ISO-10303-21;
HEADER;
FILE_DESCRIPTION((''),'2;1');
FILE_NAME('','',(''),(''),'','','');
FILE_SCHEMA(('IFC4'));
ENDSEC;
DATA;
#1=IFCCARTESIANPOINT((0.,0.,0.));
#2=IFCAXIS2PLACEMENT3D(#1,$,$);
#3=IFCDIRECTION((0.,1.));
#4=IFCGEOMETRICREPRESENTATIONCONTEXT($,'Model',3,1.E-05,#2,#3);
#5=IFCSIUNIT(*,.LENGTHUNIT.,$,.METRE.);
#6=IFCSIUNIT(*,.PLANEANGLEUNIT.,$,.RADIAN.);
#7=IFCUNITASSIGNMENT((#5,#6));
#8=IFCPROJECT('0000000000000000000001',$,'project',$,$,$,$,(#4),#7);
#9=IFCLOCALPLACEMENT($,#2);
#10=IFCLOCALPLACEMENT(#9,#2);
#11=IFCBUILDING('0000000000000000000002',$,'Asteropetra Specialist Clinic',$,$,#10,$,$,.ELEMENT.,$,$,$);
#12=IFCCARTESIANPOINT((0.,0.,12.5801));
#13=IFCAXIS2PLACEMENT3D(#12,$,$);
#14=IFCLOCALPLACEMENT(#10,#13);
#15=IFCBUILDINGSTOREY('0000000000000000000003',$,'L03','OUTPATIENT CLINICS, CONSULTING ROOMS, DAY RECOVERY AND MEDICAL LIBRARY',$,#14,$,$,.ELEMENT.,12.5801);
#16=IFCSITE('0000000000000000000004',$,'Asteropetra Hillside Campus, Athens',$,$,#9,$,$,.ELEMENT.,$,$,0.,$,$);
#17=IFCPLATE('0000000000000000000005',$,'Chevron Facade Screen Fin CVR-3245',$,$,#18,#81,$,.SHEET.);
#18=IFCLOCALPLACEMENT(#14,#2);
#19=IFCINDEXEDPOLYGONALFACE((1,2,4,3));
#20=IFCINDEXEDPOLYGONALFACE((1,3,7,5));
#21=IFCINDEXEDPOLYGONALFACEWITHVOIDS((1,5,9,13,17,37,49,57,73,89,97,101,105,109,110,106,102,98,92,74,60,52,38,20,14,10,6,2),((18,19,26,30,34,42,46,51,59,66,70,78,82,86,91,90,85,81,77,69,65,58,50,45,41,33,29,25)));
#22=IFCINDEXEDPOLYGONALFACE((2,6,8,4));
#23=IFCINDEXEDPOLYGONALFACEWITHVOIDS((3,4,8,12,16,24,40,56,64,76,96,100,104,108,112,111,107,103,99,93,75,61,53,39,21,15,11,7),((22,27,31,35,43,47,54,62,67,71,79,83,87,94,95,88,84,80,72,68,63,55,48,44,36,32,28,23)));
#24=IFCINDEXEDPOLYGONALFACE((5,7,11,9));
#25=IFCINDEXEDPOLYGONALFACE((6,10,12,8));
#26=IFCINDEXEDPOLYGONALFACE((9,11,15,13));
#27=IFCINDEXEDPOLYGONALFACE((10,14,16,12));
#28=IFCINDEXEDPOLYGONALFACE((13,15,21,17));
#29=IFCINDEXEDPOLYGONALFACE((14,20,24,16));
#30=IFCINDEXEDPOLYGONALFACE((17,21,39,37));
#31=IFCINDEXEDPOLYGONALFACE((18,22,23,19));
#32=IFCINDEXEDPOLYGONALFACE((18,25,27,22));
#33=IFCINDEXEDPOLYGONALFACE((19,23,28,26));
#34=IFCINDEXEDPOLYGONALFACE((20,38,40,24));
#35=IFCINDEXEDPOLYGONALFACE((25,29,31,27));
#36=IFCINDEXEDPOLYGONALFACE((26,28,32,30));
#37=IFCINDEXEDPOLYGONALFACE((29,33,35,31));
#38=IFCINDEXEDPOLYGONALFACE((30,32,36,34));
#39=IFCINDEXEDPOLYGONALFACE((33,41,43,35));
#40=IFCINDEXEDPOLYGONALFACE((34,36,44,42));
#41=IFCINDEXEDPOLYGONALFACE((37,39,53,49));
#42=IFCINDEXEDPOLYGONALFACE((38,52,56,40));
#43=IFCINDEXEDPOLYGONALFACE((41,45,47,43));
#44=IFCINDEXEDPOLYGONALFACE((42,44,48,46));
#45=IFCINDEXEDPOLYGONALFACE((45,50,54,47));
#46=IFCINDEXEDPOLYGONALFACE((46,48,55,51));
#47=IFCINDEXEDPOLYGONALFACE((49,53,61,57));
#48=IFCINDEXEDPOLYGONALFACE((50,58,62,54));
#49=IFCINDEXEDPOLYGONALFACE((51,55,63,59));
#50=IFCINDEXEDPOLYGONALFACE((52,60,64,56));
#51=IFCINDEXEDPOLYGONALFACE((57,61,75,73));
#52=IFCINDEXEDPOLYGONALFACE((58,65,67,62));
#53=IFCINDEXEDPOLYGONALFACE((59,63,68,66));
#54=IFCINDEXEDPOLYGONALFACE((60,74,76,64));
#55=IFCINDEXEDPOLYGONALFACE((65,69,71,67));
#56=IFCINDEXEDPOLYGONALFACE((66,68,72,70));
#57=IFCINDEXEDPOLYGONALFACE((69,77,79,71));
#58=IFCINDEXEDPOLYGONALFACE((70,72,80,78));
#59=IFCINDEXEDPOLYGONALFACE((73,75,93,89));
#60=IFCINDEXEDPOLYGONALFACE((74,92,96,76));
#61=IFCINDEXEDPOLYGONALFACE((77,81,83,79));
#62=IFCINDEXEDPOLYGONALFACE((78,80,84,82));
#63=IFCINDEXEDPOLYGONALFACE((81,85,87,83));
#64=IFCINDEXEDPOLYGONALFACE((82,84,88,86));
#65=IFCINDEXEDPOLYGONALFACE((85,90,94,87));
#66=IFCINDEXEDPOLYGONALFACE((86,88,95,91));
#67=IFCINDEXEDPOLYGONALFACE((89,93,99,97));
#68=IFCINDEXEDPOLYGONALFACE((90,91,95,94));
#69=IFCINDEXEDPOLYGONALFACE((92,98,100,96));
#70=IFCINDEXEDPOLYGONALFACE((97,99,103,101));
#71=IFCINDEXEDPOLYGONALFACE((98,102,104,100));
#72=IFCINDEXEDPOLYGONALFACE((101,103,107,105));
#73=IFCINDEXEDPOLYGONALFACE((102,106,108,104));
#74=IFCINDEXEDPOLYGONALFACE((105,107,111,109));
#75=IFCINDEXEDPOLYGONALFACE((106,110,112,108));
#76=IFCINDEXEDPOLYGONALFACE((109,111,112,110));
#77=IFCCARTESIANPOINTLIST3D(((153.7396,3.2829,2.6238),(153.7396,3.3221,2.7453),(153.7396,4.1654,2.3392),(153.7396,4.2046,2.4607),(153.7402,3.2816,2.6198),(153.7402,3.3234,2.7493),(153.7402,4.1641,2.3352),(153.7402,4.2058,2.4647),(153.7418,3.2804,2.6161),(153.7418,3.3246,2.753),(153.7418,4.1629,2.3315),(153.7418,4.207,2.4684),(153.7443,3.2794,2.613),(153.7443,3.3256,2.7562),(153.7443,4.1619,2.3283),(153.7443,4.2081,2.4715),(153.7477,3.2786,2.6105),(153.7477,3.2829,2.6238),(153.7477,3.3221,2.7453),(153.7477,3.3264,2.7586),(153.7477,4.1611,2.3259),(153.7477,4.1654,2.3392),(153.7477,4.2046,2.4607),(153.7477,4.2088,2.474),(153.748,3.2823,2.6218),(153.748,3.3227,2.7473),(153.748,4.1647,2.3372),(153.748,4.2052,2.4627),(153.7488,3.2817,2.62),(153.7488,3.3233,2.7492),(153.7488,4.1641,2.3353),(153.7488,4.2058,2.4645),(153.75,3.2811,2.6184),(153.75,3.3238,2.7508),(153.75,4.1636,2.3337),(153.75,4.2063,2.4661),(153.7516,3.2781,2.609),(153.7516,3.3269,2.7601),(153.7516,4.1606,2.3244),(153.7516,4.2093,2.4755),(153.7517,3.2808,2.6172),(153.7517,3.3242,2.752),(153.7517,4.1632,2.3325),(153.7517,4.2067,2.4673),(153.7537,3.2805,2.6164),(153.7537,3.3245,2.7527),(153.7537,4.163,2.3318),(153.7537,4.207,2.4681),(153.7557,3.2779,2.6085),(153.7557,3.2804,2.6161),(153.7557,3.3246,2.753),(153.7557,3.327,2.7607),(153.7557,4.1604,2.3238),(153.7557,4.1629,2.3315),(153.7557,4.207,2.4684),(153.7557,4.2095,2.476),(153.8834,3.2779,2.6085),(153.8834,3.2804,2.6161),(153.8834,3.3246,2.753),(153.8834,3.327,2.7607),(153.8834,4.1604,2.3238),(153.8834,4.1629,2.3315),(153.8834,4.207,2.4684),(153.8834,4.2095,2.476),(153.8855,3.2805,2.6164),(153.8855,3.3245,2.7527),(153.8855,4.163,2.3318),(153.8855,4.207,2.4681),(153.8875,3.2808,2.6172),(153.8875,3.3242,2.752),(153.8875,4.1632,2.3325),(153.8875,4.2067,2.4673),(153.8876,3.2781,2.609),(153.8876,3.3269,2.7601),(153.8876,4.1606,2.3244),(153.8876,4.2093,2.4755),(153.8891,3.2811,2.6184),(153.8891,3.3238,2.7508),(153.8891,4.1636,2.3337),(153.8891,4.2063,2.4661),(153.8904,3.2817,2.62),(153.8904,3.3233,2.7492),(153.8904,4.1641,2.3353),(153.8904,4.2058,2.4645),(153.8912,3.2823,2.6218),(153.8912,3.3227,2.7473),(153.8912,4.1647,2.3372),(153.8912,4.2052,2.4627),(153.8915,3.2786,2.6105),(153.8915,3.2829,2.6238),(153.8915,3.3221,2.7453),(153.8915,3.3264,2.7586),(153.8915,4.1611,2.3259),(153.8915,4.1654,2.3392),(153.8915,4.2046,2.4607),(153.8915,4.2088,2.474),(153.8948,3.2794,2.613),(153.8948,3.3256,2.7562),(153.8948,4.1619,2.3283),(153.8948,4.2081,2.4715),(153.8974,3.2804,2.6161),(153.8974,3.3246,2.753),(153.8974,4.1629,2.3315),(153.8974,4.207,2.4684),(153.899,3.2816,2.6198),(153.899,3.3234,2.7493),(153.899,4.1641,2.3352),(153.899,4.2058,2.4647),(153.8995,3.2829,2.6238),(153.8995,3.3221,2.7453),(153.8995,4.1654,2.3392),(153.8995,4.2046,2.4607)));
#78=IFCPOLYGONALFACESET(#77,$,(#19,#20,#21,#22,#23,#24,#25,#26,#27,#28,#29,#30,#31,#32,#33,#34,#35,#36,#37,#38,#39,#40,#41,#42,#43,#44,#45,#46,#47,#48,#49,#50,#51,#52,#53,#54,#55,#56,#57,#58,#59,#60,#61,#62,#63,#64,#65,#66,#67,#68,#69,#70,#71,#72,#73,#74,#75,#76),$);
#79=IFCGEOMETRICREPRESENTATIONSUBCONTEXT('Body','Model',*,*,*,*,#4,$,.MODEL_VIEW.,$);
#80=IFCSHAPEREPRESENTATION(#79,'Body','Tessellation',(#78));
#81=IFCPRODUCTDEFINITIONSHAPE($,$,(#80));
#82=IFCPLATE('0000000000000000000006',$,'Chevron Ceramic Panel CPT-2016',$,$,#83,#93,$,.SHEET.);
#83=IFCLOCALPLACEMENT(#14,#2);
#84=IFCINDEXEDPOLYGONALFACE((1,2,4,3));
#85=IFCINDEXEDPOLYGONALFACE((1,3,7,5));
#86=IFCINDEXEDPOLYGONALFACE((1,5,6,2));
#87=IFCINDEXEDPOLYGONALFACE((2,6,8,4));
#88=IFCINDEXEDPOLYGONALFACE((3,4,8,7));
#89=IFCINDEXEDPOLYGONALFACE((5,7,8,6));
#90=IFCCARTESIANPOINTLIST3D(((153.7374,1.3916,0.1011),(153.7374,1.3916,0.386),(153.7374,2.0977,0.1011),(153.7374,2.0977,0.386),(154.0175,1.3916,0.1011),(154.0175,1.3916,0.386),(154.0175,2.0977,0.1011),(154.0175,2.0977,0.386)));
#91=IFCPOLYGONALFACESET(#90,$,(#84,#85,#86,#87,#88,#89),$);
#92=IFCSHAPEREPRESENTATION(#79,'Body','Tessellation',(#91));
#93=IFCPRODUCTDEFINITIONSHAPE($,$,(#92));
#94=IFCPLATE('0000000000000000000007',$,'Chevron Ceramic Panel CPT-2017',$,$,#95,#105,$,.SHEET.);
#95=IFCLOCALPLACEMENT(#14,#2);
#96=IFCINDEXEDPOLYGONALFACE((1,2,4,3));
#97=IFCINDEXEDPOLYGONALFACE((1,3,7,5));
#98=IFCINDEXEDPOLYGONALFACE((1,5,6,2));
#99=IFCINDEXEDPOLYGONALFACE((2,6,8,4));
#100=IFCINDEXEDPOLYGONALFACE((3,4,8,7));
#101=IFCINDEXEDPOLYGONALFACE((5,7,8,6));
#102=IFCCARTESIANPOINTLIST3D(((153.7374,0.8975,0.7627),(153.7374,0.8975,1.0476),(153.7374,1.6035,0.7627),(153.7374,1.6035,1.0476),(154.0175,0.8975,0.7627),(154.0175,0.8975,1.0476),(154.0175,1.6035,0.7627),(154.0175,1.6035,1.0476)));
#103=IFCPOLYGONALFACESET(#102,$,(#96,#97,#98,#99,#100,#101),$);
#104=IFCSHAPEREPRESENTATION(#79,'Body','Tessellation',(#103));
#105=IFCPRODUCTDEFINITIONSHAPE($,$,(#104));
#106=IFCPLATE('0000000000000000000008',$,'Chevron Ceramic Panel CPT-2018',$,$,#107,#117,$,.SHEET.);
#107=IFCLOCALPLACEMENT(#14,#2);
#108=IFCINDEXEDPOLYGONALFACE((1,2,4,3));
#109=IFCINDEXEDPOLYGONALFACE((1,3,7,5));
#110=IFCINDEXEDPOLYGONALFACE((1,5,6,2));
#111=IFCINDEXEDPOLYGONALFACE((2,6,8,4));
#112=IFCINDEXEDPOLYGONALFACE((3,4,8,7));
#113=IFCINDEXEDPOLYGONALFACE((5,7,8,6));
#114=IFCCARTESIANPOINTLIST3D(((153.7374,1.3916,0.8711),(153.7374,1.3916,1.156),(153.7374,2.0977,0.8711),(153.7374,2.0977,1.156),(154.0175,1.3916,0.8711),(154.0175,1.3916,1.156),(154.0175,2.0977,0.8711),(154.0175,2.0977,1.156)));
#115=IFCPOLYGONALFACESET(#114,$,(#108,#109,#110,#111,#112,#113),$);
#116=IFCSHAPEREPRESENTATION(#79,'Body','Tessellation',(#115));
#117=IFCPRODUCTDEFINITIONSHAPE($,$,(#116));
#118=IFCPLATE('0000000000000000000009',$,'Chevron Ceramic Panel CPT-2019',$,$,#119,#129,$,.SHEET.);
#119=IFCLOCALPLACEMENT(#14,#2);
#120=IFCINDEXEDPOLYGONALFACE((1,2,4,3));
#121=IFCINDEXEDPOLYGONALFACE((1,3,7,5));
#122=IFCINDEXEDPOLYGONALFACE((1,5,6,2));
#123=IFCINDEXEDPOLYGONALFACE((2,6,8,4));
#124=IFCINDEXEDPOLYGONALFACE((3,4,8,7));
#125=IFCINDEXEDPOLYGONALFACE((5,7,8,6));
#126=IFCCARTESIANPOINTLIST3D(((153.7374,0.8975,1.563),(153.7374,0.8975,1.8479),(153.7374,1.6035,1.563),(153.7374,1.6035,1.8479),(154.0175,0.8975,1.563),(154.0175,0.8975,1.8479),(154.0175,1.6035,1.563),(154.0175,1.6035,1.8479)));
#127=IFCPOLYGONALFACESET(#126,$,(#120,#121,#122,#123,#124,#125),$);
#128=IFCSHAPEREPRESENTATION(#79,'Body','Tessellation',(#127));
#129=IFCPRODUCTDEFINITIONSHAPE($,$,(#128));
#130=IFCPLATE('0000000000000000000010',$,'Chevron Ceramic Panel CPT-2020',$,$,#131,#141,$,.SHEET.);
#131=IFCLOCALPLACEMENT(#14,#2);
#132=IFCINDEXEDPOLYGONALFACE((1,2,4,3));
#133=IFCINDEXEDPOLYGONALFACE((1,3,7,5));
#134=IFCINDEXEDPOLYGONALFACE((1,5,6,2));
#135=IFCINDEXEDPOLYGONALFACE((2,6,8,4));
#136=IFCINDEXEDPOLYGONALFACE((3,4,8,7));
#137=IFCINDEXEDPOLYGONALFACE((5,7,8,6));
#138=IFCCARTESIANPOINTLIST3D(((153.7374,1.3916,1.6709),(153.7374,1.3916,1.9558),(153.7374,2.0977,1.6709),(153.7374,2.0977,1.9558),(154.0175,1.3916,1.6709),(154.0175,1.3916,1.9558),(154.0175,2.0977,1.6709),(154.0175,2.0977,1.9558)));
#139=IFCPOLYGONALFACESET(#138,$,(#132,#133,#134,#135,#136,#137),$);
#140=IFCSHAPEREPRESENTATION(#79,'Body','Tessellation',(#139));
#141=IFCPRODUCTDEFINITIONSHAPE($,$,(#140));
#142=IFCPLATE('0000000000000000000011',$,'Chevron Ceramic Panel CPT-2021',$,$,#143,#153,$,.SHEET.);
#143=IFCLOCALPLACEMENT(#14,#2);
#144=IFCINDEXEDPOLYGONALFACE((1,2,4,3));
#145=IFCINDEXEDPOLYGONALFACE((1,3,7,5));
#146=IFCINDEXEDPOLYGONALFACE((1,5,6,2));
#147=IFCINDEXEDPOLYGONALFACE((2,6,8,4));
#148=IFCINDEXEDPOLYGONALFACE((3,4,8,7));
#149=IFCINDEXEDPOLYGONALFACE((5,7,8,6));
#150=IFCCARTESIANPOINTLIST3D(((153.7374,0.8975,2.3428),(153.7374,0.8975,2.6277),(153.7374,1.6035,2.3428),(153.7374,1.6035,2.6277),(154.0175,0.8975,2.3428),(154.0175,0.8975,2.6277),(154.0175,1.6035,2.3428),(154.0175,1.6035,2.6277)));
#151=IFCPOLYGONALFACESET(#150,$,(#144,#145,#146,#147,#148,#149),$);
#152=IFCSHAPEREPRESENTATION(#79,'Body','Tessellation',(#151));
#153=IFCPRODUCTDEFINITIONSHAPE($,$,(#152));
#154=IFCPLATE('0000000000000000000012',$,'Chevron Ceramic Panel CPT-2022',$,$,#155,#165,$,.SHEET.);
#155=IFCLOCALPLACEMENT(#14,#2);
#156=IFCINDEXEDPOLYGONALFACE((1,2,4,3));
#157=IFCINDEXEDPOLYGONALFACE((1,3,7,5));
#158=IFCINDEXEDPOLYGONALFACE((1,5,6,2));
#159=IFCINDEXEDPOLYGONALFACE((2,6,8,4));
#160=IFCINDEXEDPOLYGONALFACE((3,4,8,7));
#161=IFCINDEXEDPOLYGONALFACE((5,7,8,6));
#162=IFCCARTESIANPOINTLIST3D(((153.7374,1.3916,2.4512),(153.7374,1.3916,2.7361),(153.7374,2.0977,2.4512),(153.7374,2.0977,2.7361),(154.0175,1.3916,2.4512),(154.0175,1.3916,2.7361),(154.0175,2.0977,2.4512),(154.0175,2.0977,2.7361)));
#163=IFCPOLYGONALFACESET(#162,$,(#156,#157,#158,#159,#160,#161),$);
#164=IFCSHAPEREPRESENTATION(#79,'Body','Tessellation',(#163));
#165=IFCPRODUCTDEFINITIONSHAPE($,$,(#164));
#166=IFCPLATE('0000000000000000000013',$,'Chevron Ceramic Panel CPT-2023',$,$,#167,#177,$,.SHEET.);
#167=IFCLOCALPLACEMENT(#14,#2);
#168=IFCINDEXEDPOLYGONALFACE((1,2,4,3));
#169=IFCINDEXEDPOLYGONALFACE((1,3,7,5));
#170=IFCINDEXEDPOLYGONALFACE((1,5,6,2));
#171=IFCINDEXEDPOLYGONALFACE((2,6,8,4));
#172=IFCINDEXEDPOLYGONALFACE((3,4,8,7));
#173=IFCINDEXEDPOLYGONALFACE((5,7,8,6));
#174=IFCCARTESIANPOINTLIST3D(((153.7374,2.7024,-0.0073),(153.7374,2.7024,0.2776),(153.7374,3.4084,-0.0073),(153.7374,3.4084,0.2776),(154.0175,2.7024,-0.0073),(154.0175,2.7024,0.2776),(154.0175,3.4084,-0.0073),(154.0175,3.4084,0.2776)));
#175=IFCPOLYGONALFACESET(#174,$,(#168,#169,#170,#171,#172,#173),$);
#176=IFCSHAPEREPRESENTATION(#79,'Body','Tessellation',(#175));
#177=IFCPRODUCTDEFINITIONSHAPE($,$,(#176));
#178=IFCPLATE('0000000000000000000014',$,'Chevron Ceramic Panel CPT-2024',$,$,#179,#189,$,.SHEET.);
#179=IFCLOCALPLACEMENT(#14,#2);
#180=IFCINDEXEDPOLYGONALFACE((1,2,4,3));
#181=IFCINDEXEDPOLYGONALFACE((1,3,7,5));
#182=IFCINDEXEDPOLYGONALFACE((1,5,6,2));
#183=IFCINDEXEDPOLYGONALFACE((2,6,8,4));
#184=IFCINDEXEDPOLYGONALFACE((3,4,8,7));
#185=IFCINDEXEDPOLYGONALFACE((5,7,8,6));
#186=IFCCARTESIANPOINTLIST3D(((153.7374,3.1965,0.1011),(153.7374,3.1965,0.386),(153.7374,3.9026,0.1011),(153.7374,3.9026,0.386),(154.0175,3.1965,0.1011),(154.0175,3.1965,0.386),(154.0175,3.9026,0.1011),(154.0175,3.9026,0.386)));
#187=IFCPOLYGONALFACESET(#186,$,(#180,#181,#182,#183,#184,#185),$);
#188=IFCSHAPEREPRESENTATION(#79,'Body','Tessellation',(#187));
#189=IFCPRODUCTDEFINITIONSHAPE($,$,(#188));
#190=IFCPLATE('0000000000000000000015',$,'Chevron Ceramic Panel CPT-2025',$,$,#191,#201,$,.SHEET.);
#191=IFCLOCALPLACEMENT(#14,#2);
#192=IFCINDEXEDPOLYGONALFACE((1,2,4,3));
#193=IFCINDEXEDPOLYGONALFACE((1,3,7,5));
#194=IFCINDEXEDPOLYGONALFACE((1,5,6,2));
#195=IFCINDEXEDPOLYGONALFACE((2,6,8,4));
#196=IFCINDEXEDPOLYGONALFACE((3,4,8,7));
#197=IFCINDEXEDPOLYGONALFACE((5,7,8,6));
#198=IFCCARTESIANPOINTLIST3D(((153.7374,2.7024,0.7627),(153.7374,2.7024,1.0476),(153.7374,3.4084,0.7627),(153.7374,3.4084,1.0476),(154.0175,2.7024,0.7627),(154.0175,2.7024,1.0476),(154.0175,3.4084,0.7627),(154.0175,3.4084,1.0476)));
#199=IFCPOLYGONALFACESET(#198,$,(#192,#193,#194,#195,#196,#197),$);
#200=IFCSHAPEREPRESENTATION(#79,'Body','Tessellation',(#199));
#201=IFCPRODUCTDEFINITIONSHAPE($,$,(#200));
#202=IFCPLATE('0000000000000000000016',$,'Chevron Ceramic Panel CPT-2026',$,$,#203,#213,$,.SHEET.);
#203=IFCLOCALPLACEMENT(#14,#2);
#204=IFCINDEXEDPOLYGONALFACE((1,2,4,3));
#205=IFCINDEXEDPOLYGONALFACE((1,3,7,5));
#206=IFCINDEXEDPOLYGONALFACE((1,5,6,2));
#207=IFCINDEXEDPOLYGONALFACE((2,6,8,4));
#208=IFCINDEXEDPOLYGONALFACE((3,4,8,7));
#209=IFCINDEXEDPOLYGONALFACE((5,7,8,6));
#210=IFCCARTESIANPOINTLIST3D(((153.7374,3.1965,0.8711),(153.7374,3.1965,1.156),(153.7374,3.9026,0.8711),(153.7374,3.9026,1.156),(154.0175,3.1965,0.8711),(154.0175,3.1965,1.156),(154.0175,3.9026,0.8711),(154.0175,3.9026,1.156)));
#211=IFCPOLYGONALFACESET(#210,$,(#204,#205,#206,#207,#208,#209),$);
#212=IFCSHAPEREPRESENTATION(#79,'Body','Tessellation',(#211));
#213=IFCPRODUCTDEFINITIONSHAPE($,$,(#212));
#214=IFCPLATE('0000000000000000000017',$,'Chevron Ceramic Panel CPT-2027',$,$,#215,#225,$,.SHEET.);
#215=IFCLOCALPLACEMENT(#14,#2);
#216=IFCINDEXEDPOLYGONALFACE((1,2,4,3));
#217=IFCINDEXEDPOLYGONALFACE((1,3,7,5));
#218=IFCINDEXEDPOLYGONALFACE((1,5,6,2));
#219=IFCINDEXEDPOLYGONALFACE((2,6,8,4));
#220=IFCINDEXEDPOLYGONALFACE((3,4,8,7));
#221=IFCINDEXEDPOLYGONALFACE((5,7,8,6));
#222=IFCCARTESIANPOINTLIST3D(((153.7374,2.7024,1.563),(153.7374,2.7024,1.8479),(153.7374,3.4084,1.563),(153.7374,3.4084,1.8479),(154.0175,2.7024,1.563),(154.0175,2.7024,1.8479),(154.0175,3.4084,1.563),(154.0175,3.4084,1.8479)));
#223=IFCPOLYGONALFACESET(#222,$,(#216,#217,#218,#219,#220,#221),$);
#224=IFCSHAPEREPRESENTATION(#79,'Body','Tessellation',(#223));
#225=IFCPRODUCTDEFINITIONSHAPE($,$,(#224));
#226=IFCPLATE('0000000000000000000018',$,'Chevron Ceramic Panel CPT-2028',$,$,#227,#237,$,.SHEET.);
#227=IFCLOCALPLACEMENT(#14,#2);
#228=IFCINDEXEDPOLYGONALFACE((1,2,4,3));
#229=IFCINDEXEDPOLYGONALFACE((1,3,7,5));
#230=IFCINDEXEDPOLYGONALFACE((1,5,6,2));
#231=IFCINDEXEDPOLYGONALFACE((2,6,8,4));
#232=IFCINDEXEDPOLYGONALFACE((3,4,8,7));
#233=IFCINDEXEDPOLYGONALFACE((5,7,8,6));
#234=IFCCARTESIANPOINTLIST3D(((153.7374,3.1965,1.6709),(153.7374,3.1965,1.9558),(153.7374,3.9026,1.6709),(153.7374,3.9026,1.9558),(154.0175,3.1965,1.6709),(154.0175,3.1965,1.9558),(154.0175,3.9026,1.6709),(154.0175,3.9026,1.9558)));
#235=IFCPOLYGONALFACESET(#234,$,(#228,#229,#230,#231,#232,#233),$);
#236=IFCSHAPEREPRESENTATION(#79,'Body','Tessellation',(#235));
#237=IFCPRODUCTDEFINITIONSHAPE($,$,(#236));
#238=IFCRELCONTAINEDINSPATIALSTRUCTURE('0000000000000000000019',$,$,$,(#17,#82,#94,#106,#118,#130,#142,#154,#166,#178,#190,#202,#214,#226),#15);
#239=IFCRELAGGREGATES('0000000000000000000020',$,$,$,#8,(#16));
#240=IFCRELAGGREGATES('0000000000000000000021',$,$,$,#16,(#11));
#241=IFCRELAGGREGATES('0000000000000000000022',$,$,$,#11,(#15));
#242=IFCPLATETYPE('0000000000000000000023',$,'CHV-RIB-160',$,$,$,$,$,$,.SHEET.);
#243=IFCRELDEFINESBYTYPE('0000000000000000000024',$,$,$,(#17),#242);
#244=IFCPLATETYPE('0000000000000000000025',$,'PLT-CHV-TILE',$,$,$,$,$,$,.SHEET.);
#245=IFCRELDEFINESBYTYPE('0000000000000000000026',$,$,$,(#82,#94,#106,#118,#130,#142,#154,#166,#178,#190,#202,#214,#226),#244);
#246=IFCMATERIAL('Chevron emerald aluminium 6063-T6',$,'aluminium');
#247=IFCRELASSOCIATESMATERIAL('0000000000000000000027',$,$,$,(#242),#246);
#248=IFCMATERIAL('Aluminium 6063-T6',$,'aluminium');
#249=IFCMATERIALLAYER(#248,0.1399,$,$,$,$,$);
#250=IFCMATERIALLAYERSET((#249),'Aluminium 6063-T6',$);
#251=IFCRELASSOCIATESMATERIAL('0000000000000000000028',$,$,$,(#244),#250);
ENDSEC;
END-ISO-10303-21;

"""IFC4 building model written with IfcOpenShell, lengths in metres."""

from ifc_helpers import new_model, si_unit, direction, frame, origin, origin_2d, place, context, subcontext, project, spatial, rectangle, hollow_rectangle, extrude, material, layer, layer_set, material_profile, profile_set, type_object, element, save


model = new_model("IFC4")

# Units and contexts
model_context = context("Model", 3, precision=1e-05, world=origin(), true_north=direction((0.0, 1.0)))
body_context = subcontext(model_context, "Body", "Model", "MODEL_VIEW")
ifc_project = project(units=[si_unit("LENGTHUNIT", "METRE"), si_unit("PLANEANGLEUNIT", "RADIAN")], contexts=[model_context])

# Site, building, storey
site_placement = place(None, origin())
site = spatial("IfcSite", under=ifc_project, at=site_placement, Name="Asteropetra Hillside Campus, Athens", CompositionType="ELEMENT", RefElevation=0.0)
building_placement = place(site_placement, origin())
building = spatial("IfcBuilding", under=site, at=building_placement, Name="Asteropetra Specialist Clinic", CompositionType="ELEMENT")
storey_placement = place(building_placement, frame((0.0, 0.0, 12.5801)))
storey = spatial("IfcBuildingStorey", under=building, at=storey_placement, Name="L03", Description="OUTPATIENT CLINICS, CONSULTING ROOMS, DAY RECOVERY AND MEDICAL LIBRARY", CompositionType="ELEMENT", Elevation=12.5801)

# Plates
ifc_material_1 = material(Name="Chevron emerald aluminium 6063-T6", Category="aluminium")
ifc_material_profile = material_profile(ifc_material_1, hollow_rectangle(XDim=0.1599, YDim=0.1599, WallThickness=0.0081, InnerFilletRadius=0.0081, OuterFilletRadius=0.0161, at=origin_2d()), Name="SHS 160x160x8.0")
ifc_profile_set = profile_set([ifc_material_profile], Name="Chevron emerald aluminium 6063-T6")
plate_type_1 = type_object("IfcPlateType", Name="CHV-RIB-160", PredefinedType="SHEET", material=ifc_profile_set)
for number, where, z_axis, x_axis, name in (
    (1, (153.8196, 3.3025, 2.6846), (0.0, 0.951719, -0.306972), (-1.0, 0.0, 0.0), "Chevron Facade Screen Fin CVR-3245"),
):
    element("IfcPlate", number, at=place(storey_placement, frame(where, z_axis=z_axis, x_axis=x_axis)), inside=storey, type_object=plate_type_1, Name=name, PredefinedType="SHEET", context=body_context, shape_type="SweptSolid", body=[
        extrude(hollow_rectangle(XDim=0.1599, YDim=0.1599, WallThickness=0.0081, InnerFilletRadius=0.0081, OuterFilletRadius=0.0161, at=origin_2d()), origin(), (0.0, 0.0, 1.0), 0.9272),
    ])
ifc_material_2 = material(Name="Aluminium 6063-T6", Category="aluminium")
ifc_layer_1 = layer(ifc_material_2, 0.1399)
ifc_layer_set_1 = layer_set([ifc_layer_1], Name="Aluminium 6063-T6")
plate_type_2 = type_object("IfcPlateType", Name="PLT-CHV-TILE", PredefinedType="SHEET", material=ifc_layer_set_1)
for number, where, z_axis, x_axis, name in (
    (2, (153.8774, 1.7446, 0.1011), (0.0, 0.0, 1.0), (1.0, 0.0, 0.0), "Chevron Ceramic Panel CPT-2016"),
    (3, (153.8774, 1.2505, 0.7627), (0.0, 0.0, 1.0), (1.0, 0.0, 0.0), "Chevron Ceramic Panel CPT-2017"),
    (4, (153.8774, 1.7446, 0.8711), (0.0, 0.0, 1.0), (1.0, 0.0, 0.0), "Chevron Ceramic Panel CPT-2018"),
    (5, (153.8774, 1.2505, 1.563), (0.0, 0.0, 1.0), (1.0, 0.0, 0.0), "Chevron Ceramic Panel CPT-2019"),
    (6, (153.8774, 1.7446, 1.6709), (0.0, 0.0, 1.0), (1.0, 0.0, 0.0), "Chevron Ceramic Panel CPT-2020"),
    (7, (153.8774, 1.2505, 2.3428), (0.0, 0.0, 1.0), (1.0, 0.0, 0.0), "Chevron Ceramic Panel CPT-2021"),
    (8, (153.8774, 1.7446, 2.4512), (0.0, 0.0, 1.0), (1.0, 0.0, 0.0), "Chevron Ceramic Panel CPT-2022"),
    (9, (153.8774, 3.0554, -0.0073), (0.0, 0.0, 1.0), (1.0, 0.0, 0.0), "Chevron Ceramic Panel CPT-2023"),
    (10, (153.8774, 3.5496, 0.1011), (0.0, 0.0, 1.0), (1.0, 0.0, 0.0), "Chevron Ceramic Panel CPT-2024"),
    (11, (153.8774, 3.0554, 0.7627), (0.0, 0.0, 1.0), (1.0, 0.0, 0.0), "Chevron Ceramic Panel CPT-2025"),
    (12, (153.8774, 3.5496, 0.8711), (0.0, 0.0, 1.0), (1.0, 0.0, 0.0), "Chevron Ceramic Panel CPT-2026"),
    (13, (153.8774, 3.0554, 1.563), (0.0, 0.0, 1.0), (1.0, 0.0, 0.0), "Chevron Ceramic Panel CPT-2027"),
    (14, (153.8774, 3.5496, 1.6709), (0.0, 0.0, 1.0), (1.0, 0.0, 0.0), "Chevron Ceramic Panel CPT-2028"),
):
    element("IfcPlate", number, at=place(storey_placement, frame(where, z_axis=z_axis, x_axis=x_axis)), inside=storey, type_object=plate_type_2, Name=name, PredefinedType="SHEET", context=body_context, shape_type="SweptSolid", body=[
        extrude(rectangle(XDim=0.28, YDim=0.7061, at=origin_2d()), origin(), (0.0, 0.0, 1.0), 0.2849),
    ])

save(model, "model.ifc")
